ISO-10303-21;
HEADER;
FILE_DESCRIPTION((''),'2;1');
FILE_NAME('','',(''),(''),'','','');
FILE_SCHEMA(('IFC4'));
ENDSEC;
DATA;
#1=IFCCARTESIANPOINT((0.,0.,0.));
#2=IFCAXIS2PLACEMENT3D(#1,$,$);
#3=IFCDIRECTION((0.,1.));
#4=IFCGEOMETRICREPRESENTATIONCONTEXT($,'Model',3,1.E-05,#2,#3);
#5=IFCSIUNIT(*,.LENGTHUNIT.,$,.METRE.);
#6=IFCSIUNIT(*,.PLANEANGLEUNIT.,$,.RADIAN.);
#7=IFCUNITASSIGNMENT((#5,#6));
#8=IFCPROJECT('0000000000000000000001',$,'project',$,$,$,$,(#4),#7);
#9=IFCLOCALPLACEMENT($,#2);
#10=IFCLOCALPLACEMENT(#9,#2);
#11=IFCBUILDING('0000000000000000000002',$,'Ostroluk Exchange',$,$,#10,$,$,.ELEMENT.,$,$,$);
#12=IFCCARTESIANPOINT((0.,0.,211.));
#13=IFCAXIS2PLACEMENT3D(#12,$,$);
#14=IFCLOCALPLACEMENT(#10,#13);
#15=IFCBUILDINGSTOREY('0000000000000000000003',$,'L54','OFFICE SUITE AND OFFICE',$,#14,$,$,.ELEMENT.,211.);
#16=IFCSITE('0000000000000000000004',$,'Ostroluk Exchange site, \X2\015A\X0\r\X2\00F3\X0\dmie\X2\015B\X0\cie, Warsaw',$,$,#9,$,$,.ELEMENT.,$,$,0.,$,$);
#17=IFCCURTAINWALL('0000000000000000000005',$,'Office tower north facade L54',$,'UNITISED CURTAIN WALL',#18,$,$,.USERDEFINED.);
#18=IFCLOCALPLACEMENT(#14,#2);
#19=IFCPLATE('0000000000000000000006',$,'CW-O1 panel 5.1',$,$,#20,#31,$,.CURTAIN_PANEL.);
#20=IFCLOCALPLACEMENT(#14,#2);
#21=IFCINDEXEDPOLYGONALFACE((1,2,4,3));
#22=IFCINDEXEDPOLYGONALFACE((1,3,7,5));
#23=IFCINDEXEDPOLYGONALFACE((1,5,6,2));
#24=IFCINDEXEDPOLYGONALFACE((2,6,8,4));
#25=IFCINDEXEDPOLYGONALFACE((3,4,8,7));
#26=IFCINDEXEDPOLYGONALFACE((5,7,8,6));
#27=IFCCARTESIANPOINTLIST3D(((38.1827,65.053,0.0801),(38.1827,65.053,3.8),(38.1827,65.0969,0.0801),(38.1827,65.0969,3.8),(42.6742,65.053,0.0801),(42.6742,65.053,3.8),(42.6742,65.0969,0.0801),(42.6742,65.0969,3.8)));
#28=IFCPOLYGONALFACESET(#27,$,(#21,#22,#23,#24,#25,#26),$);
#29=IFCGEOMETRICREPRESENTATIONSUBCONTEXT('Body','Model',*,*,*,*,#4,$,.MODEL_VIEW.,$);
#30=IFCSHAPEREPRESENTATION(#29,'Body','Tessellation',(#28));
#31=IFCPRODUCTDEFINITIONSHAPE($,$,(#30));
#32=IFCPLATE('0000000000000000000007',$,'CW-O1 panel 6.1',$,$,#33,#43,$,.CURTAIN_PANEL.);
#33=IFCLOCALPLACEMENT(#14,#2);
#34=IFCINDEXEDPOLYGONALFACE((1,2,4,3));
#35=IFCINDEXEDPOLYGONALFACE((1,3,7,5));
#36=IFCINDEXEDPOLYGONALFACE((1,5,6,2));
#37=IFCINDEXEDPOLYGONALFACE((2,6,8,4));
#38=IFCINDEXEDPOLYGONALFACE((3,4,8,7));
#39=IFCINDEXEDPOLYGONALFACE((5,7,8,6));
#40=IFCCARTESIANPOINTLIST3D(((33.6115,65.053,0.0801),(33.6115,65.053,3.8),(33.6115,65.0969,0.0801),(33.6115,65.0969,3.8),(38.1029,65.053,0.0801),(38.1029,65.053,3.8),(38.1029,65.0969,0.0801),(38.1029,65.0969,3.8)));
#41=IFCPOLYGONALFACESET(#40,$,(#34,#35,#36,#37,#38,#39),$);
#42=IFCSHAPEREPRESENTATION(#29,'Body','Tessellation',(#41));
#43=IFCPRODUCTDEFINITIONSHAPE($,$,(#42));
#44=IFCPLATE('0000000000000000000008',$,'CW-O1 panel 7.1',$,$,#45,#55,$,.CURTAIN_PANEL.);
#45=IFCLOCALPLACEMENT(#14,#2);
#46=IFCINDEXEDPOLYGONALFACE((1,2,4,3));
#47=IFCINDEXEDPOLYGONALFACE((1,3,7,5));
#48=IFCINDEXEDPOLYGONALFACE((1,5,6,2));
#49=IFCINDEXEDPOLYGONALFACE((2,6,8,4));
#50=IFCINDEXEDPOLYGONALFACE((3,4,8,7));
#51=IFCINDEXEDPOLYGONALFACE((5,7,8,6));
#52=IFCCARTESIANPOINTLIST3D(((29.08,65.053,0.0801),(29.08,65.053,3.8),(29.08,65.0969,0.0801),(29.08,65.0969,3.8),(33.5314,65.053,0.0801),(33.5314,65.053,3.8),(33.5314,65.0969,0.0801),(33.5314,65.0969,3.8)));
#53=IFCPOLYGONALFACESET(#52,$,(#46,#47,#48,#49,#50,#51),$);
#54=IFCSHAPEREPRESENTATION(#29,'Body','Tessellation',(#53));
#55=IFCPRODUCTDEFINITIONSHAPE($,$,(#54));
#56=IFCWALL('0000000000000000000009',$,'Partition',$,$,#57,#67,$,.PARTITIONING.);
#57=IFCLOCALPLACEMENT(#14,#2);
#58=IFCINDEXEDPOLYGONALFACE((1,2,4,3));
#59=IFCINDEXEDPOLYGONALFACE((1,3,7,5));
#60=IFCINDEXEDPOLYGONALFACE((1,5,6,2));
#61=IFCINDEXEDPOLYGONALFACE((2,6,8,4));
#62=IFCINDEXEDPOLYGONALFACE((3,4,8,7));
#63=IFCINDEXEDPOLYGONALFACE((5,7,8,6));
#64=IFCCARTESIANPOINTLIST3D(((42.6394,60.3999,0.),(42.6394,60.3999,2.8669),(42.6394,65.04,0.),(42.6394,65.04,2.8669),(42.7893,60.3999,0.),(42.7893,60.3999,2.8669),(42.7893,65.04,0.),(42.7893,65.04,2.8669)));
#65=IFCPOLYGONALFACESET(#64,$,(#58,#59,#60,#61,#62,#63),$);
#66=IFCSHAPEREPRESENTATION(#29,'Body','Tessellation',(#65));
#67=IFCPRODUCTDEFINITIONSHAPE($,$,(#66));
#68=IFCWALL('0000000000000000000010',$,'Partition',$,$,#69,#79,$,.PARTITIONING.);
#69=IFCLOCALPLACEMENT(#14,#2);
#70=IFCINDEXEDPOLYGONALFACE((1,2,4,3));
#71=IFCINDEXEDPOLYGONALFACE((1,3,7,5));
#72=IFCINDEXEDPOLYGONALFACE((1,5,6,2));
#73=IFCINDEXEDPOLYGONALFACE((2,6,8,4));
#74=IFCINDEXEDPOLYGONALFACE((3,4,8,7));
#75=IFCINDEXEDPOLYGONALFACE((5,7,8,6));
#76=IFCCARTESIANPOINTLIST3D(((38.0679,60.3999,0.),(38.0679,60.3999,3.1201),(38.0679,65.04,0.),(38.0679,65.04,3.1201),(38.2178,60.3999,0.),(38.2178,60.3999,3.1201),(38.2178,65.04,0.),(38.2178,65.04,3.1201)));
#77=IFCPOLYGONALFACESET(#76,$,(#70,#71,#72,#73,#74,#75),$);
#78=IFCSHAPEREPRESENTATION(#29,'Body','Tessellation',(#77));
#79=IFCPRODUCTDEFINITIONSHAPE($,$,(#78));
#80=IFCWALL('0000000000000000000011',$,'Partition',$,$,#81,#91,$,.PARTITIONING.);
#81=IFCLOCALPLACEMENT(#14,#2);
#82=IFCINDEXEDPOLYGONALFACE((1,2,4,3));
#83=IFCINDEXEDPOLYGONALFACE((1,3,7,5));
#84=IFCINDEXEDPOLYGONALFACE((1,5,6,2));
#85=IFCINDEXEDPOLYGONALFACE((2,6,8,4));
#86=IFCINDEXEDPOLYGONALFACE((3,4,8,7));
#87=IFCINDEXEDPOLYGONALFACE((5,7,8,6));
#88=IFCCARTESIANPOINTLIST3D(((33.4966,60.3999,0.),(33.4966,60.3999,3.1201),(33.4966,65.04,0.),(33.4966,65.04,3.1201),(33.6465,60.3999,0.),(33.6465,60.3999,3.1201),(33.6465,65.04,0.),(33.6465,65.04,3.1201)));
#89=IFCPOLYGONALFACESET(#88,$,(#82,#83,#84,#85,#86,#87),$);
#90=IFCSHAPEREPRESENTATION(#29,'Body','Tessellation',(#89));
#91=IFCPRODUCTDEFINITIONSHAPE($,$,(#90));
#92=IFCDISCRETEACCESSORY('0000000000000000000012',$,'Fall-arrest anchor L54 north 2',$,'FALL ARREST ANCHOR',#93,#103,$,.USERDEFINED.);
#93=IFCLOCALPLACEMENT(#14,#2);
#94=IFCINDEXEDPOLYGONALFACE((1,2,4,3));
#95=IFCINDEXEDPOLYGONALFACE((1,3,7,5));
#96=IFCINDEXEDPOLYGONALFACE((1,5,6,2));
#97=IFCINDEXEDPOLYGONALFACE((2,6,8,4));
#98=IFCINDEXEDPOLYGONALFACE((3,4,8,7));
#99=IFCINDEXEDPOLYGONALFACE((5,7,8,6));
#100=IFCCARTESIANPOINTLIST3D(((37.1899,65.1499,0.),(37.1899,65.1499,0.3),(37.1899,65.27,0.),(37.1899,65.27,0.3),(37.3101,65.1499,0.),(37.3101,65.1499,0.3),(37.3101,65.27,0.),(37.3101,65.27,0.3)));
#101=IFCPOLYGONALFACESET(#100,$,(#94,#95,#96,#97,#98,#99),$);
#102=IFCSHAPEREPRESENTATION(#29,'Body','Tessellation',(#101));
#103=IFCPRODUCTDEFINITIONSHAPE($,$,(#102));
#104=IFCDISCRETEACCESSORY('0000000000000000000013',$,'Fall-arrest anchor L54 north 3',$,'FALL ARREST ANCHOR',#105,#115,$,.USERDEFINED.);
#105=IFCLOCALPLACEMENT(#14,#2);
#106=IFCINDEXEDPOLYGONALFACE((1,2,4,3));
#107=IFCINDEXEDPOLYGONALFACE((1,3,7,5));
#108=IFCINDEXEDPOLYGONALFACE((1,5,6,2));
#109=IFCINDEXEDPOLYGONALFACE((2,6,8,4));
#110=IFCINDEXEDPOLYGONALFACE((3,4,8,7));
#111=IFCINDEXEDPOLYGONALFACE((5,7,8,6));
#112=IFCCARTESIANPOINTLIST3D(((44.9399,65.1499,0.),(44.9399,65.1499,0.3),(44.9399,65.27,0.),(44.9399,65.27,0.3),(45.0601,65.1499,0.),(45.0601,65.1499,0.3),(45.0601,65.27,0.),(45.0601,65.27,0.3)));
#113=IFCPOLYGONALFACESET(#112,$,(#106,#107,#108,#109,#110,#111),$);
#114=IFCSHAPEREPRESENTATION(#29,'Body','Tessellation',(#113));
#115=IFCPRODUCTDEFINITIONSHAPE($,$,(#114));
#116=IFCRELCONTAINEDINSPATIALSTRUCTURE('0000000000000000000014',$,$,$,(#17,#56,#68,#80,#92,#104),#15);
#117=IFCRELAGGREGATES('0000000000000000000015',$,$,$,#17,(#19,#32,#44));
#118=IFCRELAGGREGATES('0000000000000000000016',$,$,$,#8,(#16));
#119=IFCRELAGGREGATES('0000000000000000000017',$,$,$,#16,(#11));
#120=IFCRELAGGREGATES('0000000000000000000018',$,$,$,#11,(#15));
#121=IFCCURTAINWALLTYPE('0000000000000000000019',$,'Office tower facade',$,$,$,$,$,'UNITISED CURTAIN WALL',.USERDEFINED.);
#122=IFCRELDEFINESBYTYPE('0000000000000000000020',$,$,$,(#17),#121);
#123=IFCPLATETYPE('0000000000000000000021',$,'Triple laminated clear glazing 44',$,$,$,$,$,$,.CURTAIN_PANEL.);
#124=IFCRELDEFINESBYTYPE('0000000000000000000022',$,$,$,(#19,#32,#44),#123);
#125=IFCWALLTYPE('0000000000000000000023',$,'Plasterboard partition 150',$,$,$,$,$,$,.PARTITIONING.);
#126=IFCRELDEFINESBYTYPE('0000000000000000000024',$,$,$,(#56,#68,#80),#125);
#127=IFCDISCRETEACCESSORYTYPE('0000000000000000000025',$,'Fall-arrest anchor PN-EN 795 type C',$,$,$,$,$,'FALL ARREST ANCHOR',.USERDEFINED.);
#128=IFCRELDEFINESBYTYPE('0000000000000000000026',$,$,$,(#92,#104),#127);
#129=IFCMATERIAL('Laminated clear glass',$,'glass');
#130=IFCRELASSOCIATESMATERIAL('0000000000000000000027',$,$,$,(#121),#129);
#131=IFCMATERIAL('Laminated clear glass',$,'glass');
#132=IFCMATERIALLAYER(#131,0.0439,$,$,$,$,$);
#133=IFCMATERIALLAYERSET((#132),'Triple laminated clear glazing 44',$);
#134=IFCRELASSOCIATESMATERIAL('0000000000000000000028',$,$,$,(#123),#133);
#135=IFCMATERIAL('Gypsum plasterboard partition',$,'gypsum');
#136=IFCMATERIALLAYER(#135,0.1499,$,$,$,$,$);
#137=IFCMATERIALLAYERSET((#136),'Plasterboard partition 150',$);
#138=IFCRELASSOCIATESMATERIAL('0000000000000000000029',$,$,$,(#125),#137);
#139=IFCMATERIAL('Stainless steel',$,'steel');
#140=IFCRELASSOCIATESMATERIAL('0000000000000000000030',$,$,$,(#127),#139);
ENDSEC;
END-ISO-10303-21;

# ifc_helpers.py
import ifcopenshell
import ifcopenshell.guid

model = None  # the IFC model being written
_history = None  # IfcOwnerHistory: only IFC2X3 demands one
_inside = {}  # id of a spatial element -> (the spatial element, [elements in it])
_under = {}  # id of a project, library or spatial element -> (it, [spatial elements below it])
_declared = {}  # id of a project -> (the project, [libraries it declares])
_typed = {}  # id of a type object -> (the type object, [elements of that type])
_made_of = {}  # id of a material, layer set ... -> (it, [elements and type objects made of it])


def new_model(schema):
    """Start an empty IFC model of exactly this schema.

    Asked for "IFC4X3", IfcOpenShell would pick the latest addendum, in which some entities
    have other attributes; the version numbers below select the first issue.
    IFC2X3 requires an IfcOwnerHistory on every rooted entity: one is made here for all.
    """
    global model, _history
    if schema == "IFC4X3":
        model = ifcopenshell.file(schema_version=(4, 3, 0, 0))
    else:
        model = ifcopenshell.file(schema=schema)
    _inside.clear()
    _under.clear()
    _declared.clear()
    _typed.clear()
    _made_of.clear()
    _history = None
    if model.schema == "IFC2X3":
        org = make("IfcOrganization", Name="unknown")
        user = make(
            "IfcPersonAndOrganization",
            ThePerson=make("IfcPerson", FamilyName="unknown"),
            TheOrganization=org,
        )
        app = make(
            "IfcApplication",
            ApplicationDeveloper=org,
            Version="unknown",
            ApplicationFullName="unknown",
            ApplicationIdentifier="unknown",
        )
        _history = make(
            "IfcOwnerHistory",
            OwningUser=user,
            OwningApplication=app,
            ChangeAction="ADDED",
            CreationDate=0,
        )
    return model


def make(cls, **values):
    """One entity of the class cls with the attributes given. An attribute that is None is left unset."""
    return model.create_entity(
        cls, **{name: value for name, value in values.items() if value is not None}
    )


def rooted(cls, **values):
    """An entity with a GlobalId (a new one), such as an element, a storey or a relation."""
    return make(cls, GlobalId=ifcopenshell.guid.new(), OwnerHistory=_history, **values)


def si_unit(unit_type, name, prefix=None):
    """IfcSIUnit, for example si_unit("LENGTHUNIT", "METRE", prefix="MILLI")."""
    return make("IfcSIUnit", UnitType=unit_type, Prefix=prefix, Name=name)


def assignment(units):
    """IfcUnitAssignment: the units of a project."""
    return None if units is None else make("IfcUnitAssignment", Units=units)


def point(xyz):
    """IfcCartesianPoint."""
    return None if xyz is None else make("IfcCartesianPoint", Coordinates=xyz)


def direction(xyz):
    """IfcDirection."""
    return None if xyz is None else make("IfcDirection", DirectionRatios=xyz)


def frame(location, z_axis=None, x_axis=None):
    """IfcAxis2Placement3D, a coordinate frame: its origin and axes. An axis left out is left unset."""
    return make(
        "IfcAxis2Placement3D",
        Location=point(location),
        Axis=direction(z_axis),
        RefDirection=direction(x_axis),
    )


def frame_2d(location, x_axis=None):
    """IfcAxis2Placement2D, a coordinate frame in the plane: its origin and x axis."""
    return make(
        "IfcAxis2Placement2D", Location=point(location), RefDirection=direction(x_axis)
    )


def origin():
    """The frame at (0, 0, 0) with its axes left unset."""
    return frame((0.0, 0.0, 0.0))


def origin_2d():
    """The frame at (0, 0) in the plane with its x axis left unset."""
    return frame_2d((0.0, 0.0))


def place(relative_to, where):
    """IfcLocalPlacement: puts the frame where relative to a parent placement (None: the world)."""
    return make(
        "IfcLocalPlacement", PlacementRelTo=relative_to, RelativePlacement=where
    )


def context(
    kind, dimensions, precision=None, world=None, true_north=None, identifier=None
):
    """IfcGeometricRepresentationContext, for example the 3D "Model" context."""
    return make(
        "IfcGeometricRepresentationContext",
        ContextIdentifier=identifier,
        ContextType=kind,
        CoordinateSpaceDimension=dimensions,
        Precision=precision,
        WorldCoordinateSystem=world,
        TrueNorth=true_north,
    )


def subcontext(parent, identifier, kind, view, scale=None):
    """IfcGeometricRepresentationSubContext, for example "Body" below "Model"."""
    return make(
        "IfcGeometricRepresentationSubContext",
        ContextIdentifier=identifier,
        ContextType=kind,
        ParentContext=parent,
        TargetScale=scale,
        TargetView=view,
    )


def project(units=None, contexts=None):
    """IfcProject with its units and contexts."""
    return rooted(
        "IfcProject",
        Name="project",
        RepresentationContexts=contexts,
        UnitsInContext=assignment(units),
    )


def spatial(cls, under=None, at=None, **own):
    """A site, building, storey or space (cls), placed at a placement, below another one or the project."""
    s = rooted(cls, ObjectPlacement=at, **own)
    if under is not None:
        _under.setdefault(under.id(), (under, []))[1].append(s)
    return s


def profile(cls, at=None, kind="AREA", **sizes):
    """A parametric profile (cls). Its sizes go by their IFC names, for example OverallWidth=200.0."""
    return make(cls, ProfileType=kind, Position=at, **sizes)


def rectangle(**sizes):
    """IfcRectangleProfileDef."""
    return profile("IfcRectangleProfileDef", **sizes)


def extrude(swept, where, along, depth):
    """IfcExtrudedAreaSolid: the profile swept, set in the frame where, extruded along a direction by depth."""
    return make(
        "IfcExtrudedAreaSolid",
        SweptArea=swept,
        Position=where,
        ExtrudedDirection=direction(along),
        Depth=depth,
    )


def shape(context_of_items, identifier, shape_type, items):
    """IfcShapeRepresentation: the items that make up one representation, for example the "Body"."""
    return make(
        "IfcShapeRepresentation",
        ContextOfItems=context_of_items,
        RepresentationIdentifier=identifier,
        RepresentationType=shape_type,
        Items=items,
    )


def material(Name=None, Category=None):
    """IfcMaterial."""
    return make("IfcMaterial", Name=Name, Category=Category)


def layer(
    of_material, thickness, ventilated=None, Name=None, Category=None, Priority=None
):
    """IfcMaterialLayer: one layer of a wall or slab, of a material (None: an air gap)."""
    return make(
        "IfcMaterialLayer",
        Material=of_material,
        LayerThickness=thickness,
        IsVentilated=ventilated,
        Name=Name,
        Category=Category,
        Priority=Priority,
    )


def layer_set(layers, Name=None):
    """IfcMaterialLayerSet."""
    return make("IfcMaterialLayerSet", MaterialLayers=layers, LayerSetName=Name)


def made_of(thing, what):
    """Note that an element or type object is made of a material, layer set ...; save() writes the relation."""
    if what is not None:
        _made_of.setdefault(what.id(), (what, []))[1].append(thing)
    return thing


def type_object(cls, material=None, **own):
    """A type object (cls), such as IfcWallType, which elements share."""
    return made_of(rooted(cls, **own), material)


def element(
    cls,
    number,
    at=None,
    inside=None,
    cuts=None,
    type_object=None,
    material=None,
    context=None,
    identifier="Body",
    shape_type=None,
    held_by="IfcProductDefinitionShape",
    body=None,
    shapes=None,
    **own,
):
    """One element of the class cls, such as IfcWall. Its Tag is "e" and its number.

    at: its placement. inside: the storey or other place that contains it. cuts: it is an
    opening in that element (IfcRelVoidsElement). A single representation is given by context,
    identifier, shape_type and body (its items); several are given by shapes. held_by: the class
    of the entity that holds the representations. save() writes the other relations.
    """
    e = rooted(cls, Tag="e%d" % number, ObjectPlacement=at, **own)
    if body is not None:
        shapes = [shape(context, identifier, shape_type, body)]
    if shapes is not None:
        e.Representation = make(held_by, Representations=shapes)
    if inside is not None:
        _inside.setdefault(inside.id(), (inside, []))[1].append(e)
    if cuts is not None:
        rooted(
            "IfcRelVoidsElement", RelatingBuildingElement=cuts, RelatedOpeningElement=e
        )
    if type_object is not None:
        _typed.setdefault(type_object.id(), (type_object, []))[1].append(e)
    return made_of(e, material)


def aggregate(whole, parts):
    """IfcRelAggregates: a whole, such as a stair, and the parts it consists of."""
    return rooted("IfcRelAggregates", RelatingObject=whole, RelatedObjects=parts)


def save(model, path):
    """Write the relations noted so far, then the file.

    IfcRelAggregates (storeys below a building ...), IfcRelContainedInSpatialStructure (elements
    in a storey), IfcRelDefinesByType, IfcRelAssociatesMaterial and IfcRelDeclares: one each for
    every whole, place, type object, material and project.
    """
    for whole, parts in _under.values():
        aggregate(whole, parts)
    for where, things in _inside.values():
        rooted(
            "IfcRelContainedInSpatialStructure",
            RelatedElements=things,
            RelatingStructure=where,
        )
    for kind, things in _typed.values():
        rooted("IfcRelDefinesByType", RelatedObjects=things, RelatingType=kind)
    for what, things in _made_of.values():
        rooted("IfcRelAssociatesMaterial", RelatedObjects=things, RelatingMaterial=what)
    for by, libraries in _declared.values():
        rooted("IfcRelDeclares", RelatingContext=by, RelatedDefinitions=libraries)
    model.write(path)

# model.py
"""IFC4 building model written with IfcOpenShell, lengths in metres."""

from ifc_helpers import new_model, si_unit, direction, frame, frame_2d, origin, origin_2d, place, context, subcontext, project, spatial, rectangle, extrude, material, layer, layer_set, type_object, element, aggregate, save


model = new_model("IFC4")

# Units and contexts
model_context = context("Model", 3, precision=1e-05, world=origin(), true_north=direction((0.0, 1.0)))
body_context = subcontext(model_context, "Body", "Model", "MODEL_VIEW")
ifc_project = project(units=[si_unit("LENGTHUNIT", "METRE"), si_unit("PLANEANGLEUNIT", "RADIAN")], contexts=[model_context])

# Site, building, storey
site_placement = place(None, origin())
site = spatial("IfcSite", under=ifc_project, at=site_placement, Name="Ostroluk Exchange site, Śródmieście, Warsaw", CompositionType="ELEMENT", RefElevation=0.0)
building_placement = place(site_placement, origin())
building = spatial("IfcBuilding", under=site, at=building_placement, Name="Ostroluk Exchange", CompositionType="ELEMENT")
storey_placement = place(building_placement, frame((0.0, 0.0, 211.0)))
storey = spatial("IfcBuildingStorey", under=building, at=storey_placement, Name="L54", Description="OFFICE SUITE AND OFFICE", CompositionType="ELEMENT", Elevation=211.0)

# Curtain wall, plates
ifc_material_1 = material(Name="Laminated clear glass", Category="glass")
curtain_wall_type = type_object("IfcCurtainWallType", Name="Office tower facade", ElementType="UNITISED CURTAIN WALL", PredefinedType="USERDEFINED", material=ifc_material_1)
curtain_wall_placement = place(storey_placement, origin())
curtain_wall = element("IfcCurtainWall", 1, at=curtain_wall_placement, inside=storey, type_object=curtain_wall_type, Name="Office tower north facade L54", ObjectType="UNITISED CURTAIN WALL", PredefinedType="USERDEFINED")
ifc_material_2 = material(Name="Laminated clear glass", Category="glass")
ifc_layer_1 = layer(ifc_material_2, 0.0439)
ifc_layer_set_1 = layer_set([ifc_layer_1], Name="Triple laminated clear glazing 44")
plate_type = type_object("IfcPlateType", Name="Triple laminated clear glazing 44", PredefinedType="CURTAIN_PANEL", material=ifc_layer_set_1)
plate_1_placement = place(storey_placement, frame((40.4285, 65.075, 0.0801), z_axis=(0.0, 0.0, 1.0), x_axis=(-1.0, 0.0, 0.0)))
plate_1 = element("IfcPlate", 2, at=plate_1_placement, type_object=plate_type, Name="CW-O1 panel 5.1", PredefinedType="CURTAIN_PANEL", context=body_context, shape_type="SweptSolid", body=[
    extrude(rectangle(XDim=4.4915, YDim=0.0439, at=origin_2d()), origin(), (0.0, 0.0, 1.0), 3.72),
])
plate_2_placement = place(storey_placement, frame((35.8572, 65.075, 0.0801), z_axis=(0.0, 0.0, 1.0), x_axis=(-1.0, 0.0, 0.0)))
plate_2 = element("IfcPlate", 3, at=plate_2_placement, type_object=plate_type, Name="CW-O1 panel 6.1", PredefinedType="CURTAIN_PANEL", context=body_context, shape_type="SweptSolid", body=[
    extrude(rectangle(XDim=4.4915, YDim=0.0439, at=origin_2d()), origin(), (0.0, 0.0, 1.0), 3.72),
])
plate_3_placement = place(storey_placement, frame((31.3057, 65.075, 0.0801), z_axis=(0.0, 0.0, 1.0), x_axis=(-1.0, 0.0, 0.0)))
plate_3 = element("IfcPlate", 4, at=plate_3_placement, type_object=plate_type, Name="CW-O1 panel 7.1", PredefinedType="CURTAIN_PANEL", context=body_context, shape_type="SweptSolid", body=[
    extrude(rectangle(XDim=4.4514, YDim=0.0439, at=origin_2d()), origin(), (0.0, 0.0, 1.0), 3.72),
])
aggregate(curtain_wall, [plate_1, plate_2, plate_3])

# Walls
ifc_material_3 = material(Name="Gypsum plasterboard partition", Category="gypsum")
ifc_layer_2 = layer(ifc_material_3, 0.1499)
ifc_layer_set_2 = layer_set([ifc_layer_2], Name="Plasterboard partition 150")
wall_type = type_object("IfcWallType", Name="Plasterboard partition 150", PredefinedType="PARTITIONING", material=ifc_layer_set_2)
wall_placement = place(storey_placement, frame((42.7144, 60.3999, 0.0), z_axis=(0.0, 0.0, 1.0), x_axis=(0.0, 1.0, 0.0)))
element("IfcWall", 5, at=wall_placement, inside=storey, type_object=wall_type, Name="Partition", PredefinedType="PARTITIONING", context=body_context, shape_type="SweptSolid", body=[
    extrude(rectangle(XDim=4.6401, YDim=0.1499, at=frame_2d((2.3201, 0.0))), origin(), (0.0, 0.0, 1.0), 2.8669),
])
for number, where, z_axis, x_axis, name in (
    (6, (38.1428, 60.3999, 0.0), (0.0, 0.0, 1.0), (0.0, 1.0, 0.0), "Partition"),
    (7, (33.5715, 60.3999, 0.0), (0.0, 0.0, 1.0), (0.0, 1.0, 0.0), "Partition"),
):
    element("IfcWall", number, at=place(storey_placement, frame(where, z_axis=z_axis, x_axis=x_axis)), inside=storey, type_object=wall_type, Name=name, PredefinedType="PARTITIONING", context=body_context, shape_type="SweptSolid", body=[
        extrude(rectangle(XDim=4.6401, YDim=0.1499, at=frame_2d((2.3201, 0.0))), origin(), (0.0, 0.0, 1.0), 3.1201),
    ])

# Discrete accessories
ifc_material_4 = material(Name="Stainless steel", Category="steel")
discrete_accessory_type = type_object("IfcDiscreteAccessoryType", Name="Fall-arrest anchor PN-EN 795 type C", ElementType="FALL ARREST ANCHOR", PredefinedType="USERDEFINED", material=ifc_material_4)
for number, where, z_axis, x_axis, name in (
    (8, (37.25, 65.21, 0.0), (0.0, 0.0, 1.0), (1.0, 0.0, 0.0), "Fall-arrest anchor L54 north 2"),
    (9, (45.0, 65.21, 0.0), (0.0, 0.0, 1.0), (1.0, 0.0, 0.0), "Fall-arrest anchor L54 north 3"),
):
    element("IfcDiscreteAccessory", number, at=place(storey_placement, frame(where, z_axis=z_axis, x_axis=x_axis)), inside=storey, type_object=discrete_accessory_type, Name=name, ObjectType="FALL ARREST ANCHOR", PredefinedType="USERDEFINED", context=body_context, shape_type="SweptSolid", body=[
        extrude(rectangle(XDim=0.1201, YDim=0.1201, at=origin_2d()), origin(), (0.0, 0.0, 1.0), 0.3),
    ])

save(model, "model.ifc")
